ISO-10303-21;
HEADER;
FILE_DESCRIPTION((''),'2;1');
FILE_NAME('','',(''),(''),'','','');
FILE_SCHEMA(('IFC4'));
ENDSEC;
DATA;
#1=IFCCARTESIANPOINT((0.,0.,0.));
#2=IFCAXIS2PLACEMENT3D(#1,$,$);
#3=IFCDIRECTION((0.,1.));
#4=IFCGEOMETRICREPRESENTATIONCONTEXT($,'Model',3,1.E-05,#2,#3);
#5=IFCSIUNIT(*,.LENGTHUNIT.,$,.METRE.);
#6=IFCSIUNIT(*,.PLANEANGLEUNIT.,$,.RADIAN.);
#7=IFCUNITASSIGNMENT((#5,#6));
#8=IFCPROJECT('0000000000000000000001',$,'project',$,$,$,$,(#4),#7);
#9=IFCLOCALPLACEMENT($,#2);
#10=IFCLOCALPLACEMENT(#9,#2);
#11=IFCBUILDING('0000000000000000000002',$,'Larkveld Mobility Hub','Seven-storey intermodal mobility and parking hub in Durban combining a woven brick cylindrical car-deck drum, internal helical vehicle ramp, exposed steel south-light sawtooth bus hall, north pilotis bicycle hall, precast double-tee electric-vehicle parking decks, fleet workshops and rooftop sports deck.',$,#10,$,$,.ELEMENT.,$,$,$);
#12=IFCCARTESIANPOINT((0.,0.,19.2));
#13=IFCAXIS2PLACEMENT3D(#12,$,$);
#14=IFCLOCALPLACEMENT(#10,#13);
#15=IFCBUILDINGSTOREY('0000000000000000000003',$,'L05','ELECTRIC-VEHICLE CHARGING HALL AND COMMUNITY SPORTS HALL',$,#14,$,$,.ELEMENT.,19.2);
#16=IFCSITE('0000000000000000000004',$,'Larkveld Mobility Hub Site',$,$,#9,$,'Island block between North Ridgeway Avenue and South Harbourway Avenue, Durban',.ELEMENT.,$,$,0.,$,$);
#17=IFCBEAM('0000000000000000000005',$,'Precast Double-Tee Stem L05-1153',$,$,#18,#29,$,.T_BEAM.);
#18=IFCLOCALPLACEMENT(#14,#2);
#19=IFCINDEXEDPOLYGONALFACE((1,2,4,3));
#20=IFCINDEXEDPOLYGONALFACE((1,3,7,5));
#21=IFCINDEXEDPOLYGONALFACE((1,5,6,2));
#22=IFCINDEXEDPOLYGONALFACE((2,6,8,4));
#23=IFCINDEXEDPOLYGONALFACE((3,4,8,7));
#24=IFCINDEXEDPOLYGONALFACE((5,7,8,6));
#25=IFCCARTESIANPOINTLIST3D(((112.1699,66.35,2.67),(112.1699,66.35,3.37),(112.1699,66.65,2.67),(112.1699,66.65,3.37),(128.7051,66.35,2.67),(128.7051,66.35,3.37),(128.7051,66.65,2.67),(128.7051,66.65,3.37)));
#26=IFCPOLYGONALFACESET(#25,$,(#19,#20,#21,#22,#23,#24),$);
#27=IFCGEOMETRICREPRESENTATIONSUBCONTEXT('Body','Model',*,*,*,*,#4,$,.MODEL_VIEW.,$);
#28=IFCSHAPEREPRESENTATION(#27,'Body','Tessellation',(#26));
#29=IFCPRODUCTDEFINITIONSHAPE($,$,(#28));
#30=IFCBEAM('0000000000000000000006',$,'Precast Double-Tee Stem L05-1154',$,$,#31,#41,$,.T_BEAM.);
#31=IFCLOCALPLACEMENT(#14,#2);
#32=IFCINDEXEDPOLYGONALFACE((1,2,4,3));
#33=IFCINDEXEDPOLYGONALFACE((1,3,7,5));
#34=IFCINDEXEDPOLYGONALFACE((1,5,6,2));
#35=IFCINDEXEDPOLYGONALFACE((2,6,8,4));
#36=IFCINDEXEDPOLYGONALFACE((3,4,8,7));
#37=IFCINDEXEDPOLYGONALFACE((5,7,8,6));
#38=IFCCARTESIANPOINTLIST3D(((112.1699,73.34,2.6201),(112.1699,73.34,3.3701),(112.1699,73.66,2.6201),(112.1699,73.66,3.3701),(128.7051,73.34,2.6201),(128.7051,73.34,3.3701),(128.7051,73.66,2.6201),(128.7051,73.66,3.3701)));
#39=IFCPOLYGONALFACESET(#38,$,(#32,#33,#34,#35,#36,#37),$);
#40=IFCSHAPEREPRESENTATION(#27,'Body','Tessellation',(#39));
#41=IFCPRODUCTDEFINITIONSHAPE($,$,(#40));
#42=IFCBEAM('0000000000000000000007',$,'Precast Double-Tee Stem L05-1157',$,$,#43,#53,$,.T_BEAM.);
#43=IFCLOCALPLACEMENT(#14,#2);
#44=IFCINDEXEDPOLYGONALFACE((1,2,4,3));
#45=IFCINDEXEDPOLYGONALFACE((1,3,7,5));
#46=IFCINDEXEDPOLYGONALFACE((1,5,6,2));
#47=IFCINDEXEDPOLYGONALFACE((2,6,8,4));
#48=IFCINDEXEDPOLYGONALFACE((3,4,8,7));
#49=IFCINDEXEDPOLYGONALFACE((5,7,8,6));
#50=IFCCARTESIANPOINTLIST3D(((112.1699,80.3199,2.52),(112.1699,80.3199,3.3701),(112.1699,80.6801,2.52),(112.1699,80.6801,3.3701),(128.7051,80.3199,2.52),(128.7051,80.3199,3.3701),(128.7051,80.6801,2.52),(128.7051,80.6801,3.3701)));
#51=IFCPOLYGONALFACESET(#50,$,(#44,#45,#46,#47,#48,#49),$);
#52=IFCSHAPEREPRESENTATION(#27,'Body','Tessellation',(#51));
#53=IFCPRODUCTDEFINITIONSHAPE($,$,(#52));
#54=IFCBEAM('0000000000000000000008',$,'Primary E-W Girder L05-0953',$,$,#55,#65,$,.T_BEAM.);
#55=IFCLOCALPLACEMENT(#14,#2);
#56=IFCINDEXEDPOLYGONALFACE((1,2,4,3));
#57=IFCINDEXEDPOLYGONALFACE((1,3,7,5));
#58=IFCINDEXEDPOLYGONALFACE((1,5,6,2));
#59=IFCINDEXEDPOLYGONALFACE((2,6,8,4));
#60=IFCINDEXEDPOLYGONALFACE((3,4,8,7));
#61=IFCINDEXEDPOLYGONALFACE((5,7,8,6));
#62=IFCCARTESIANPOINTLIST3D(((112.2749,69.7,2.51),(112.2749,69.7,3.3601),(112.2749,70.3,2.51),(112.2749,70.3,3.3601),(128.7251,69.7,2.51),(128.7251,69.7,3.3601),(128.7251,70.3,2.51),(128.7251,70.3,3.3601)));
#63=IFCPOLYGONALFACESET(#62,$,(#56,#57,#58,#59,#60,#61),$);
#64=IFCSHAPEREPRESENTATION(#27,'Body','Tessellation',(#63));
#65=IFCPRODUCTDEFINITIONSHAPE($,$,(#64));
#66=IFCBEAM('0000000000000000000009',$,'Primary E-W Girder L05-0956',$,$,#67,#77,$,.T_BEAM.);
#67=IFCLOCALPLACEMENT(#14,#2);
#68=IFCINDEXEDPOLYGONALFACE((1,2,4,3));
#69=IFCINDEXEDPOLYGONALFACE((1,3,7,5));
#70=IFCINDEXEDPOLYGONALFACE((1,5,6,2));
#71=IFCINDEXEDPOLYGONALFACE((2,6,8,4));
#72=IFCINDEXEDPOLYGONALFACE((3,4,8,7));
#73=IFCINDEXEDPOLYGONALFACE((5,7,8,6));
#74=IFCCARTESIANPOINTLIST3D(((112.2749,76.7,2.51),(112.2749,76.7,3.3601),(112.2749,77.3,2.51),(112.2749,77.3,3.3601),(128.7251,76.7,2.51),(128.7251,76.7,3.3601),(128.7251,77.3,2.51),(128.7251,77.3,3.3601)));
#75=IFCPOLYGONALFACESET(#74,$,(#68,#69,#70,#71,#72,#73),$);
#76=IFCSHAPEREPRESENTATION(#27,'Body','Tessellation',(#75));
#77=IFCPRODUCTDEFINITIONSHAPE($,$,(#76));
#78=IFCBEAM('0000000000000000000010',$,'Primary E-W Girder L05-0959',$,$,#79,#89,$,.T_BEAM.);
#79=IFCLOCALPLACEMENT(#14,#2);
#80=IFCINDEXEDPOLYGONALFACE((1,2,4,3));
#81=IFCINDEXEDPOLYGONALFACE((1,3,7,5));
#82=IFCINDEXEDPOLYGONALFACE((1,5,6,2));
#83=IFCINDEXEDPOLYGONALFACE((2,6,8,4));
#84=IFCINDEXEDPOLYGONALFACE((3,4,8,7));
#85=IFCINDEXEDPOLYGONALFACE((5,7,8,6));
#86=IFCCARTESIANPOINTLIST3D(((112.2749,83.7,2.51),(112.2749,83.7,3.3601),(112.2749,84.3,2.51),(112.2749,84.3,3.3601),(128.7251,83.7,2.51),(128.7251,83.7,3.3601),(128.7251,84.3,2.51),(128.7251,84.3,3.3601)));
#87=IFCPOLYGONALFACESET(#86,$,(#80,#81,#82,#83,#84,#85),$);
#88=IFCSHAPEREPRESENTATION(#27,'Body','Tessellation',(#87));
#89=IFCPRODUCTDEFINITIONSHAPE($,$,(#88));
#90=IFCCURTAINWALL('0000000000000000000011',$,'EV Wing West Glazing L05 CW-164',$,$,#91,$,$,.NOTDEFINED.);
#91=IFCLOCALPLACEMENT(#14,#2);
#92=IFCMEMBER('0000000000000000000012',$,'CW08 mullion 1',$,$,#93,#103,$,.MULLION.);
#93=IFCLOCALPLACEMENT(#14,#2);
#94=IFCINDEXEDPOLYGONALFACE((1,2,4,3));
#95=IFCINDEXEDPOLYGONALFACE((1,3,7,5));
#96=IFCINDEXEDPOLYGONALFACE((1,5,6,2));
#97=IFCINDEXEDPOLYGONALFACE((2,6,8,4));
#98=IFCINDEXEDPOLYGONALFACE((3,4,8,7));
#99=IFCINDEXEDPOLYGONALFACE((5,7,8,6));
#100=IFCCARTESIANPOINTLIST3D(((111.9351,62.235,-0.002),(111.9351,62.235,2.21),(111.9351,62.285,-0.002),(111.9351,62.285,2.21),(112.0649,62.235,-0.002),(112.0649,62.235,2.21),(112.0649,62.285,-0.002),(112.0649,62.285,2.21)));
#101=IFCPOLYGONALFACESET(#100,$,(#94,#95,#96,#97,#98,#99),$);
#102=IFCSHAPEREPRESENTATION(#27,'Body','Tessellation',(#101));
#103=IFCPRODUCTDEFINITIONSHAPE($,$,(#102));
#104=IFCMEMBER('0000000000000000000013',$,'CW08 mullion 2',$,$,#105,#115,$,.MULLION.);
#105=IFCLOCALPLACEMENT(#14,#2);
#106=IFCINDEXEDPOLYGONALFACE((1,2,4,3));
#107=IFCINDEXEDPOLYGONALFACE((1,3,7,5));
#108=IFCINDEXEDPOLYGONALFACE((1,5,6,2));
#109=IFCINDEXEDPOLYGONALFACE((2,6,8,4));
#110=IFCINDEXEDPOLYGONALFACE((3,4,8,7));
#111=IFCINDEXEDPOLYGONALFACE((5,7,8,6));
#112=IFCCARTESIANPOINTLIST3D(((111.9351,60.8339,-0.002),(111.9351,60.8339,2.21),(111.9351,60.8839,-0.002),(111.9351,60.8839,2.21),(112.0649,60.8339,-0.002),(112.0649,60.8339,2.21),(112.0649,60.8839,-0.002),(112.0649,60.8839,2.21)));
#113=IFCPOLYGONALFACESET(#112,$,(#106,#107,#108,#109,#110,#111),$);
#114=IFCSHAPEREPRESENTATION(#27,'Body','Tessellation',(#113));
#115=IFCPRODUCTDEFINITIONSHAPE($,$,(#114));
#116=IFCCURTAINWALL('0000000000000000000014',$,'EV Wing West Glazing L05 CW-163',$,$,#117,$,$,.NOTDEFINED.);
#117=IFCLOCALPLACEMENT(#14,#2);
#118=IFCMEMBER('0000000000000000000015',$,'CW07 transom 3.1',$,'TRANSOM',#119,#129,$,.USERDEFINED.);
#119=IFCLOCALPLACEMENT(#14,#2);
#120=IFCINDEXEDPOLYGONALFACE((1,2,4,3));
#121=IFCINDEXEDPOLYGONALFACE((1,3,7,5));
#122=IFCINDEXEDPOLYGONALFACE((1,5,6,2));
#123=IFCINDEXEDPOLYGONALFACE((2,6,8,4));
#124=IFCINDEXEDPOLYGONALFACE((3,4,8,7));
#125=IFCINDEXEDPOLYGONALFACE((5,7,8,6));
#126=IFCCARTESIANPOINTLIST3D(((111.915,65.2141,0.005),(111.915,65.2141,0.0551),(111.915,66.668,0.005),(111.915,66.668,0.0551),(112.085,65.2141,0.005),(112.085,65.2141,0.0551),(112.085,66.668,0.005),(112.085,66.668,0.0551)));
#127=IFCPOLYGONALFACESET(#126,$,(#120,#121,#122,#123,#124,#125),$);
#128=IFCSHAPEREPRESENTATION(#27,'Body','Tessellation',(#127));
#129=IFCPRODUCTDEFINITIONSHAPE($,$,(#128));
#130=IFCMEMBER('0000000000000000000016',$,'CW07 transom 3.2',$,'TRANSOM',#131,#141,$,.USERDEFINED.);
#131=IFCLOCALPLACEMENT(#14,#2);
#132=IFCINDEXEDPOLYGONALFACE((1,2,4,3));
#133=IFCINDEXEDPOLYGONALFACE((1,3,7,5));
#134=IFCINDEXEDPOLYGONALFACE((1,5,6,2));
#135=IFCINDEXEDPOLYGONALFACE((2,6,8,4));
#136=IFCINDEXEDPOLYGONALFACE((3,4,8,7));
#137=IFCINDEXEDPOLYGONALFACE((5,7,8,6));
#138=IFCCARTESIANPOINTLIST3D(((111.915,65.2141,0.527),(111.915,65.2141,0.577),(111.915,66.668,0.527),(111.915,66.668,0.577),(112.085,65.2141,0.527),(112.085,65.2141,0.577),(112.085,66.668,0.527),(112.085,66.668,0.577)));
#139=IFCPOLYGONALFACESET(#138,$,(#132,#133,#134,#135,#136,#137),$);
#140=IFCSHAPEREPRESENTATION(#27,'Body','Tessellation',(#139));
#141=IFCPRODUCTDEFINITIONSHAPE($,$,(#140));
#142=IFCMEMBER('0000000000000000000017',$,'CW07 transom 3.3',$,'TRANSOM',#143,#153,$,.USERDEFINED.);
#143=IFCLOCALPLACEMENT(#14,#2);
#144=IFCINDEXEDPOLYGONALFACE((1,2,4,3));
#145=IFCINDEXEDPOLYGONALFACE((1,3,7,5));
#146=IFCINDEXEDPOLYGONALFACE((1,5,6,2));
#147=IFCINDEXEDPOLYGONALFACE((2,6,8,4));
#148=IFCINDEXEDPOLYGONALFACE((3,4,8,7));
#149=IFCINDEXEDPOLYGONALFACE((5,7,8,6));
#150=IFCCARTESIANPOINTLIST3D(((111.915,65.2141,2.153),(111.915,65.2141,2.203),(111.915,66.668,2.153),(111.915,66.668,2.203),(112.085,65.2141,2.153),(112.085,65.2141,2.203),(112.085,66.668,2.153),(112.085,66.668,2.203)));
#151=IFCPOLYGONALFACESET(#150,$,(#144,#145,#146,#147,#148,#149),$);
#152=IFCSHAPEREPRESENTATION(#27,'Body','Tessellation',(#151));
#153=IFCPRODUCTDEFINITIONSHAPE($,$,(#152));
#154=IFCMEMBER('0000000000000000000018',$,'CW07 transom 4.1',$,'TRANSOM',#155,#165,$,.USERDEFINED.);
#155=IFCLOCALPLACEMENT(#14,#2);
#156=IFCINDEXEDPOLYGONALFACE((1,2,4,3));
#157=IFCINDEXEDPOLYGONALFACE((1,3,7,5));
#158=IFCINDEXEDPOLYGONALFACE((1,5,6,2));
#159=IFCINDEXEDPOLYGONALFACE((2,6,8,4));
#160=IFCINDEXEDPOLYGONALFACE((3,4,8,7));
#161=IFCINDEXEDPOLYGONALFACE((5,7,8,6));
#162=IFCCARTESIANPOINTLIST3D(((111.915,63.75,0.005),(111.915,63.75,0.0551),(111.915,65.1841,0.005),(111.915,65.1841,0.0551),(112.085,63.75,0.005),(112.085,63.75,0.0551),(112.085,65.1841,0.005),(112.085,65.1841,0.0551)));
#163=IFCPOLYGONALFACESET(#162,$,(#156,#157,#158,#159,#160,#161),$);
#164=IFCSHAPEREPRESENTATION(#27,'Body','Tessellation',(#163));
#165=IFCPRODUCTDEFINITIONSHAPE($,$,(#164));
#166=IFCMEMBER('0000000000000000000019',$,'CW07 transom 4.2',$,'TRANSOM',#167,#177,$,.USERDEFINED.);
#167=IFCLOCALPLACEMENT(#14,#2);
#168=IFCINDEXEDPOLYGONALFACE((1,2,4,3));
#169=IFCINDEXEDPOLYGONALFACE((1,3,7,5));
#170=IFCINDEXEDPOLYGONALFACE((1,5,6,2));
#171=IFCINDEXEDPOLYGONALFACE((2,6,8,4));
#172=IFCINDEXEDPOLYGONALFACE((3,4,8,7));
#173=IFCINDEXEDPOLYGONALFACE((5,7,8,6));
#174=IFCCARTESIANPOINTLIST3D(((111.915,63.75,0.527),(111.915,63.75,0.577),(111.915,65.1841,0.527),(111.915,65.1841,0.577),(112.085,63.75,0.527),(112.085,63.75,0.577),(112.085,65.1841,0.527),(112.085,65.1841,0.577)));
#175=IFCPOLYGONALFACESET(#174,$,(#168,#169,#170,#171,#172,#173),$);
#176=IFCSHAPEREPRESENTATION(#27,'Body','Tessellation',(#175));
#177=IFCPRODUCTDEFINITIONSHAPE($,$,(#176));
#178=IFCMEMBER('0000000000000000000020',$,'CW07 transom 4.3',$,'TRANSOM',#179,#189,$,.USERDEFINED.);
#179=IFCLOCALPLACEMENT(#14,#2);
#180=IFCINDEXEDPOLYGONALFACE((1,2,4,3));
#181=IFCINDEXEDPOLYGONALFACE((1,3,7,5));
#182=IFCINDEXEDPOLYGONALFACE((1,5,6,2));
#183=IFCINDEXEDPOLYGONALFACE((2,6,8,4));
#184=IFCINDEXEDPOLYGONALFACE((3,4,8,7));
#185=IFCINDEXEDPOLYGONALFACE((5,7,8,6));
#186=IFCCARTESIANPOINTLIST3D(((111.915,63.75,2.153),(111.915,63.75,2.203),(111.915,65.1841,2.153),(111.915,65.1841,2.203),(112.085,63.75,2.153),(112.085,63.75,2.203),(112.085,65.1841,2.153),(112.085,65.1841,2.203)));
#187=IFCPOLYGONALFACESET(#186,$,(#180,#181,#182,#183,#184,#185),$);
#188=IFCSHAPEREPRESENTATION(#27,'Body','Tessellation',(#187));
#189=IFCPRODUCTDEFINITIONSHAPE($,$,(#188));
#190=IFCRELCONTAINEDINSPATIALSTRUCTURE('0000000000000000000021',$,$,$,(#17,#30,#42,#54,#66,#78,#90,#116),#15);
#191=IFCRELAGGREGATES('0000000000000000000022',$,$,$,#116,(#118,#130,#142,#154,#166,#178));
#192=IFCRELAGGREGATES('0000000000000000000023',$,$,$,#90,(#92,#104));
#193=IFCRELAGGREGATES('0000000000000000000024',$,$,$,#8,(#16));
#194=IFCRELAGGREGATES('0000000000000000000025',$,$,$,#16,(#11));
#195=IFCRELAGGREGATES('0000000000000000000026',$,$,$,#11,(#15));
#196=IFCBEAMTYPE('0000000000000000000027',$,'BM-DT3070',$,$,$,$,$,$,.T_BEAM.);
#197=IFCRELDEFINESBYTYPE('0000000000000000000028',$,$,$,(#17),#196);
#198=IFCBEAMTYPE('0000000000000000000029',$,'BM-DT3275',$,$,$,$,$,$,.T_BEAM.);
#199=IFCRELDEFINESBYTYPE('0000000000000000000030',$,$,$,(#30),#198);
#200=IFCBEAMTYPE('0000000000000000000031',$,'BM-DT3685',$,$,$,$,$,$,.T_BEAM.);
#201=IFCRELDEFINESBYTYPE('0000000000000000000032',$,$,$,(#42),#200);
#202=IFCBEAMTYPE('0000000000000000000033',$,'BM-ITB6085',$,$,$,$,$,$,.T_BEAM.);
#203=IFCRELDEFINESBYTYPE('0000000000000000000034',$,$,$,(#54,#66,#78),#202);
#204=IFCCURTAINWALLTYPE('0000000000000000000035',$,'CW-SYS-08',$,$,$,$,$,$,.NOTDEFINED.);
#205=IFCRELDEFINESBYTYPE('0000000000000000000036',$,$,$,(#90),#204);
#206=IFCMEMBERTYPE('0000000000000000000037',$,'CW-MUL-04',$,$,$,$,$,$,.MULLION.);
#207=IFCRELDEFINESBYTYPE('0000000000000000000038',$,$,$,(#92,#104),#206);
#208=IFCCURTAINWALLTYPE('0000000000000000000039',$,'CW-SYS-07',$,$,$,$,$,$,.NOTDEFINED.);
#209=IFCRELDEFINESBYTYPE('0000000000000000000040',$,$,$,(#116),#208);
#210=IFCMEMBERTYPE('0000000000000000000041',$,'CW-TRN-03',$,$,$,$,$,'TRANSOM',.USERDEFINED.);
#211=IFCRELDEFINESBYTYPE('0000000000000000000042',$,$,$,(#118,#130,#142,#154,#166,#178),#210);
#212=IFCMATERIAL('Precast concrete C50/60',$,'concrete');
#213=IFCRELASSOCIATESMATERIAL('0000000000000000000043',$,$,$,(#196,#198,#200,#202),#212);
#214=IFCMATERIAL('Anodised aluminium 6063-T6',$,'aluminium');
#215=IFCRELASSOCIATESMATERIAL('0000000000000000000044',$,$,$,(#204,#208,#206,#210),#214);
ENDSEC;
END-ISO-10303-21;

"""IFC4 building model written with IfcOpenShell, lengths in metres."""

from ifc_helpers import new_model, si_unit, direction, frame, origin, origin_2d, place, context, subcontext, project, spatial, rectangle, extrude, material, material_profile, profile_set, type_object, element, aggregate, save


model = new_model("IFC4")

# Units and contexts
model_context = context("Model", 3, precision=1e-05, world=origin(), true_north=direction((0.0, 1.0)))
body_context = subcontext(model_context, "Body", "Model", "MODEL_VIEW")
ifc_project = project(units=[si_unit("LENGTHUNIT", "METRE"), si_unit("PLANEANGLEUNIT", "RADIAN")], contexts=[model_context])

# Site, building, storey
site_placement = place(None, origin())
site = spatial("IfcSite", under=ifc_project, at=site_placement, Name="Larkveld Mobility Hub Site", LongName="Island block between North Ridgeway Avenue and South Harbourway Avenue, Durban", CompositionType="ELEMENT", RefElevation=0.0)
building_placement = place(site_placement, origin())
building = spatial("IfcBuilding", under=site, at=building_placement, Name="Larkveld Mobility Hub", Description="Seven-storey intermodal mobility and parking hub in Durban combining a woven brick cylindrical car-deck drum, internal helical vehicle ramp, exposed steel south-light sawtooth bus hall, north pilotis bicycle hall, precast double-tee electric-vehicle parking decks, fleet workshops and rooftop sports deck.", CompositionType="ELEMENT")
storey_placement = place(building_placement, frame((0.0, 0.0, 19.2)))
storey = spatial("IfcBuildingStorey", under=building, at=storey_placement, Name="L05", Description="ELECTRIC-VEHICLE CHARGING HALL AND COMMUNITY SPORTS HALL", CompositionType="ELEMENT", Elevation=19.2)

# Beams
ifc_material_1 = material(Name="Precast concrete C50/60", Category="concrete")
ifc_material_profile_1 = material_profile(ifc_material_1, rectangle(XDim=0.3, YDim=0.7, at=origin_2d()), Name="PC DT 300x700")
ifc_profile_set_1 = profile_set([ifc_material_profile_1], Name="Precast concrete C50/60")
beam_type_1 = type_object("IfcBeamType", Name="BM-DT3070", PredefinedType="T_BEAM", material=ifc_profile_set_1)
beam_1_placement = place(storey_placement, frame((112.1699, 66.5, 3.02), z_axis=(1.0, 0.0, 0.0), x_axis=(0.0, 1.0, 0.0)))
element("IfcBeam", 1, at=beam_1_placement, inside=storey, type_object=beam_type_1, Name="Precast Double-Tee Stem L05-1153", PredefinedType="T_BEAM", context=body_context, shape_type="SweptSolid", body=[
    extrude(rectangle(XDim=0.3, YDim=0.7, at=origin_2d()), origin(), (0.0, 0.0, 1.0), 16.5352),
])
ifc_material_profile_2 = material_profile(ifc_material_1, rectangle(XDim=0.3201, YDim=0.75, at=origin_2d()), Name="PC DT 320x750")
ifc_profile_set_2 = profile_set([ifc_material_profile_2], Name="Precast concrete C50/60")
beam_type_2 = type_object("IfcBeamType", Name="BM-DT3275", PredefinedType="T_BEAM", material=ifc_profile_set_2)
beam_2_placement = place(storey_placement, frame((112.1699, 73.5, 2.9951), z_axis=(1.0, 0.0, 0.0), x_axis=(0.0, 1.0, 0.0)))
element("IfcBeam", 2, at=beam_2_placement, inside=storey, type_object=beam_type_2, Name="Precast Double-Tee Stem L05-1154", PredefinedType="T_BEAM", context=body_context, shape_type="SweptSolid", body=[
    extrude(rectangle(XDim=0.3201, YDim=0.75, at=origin_2d()), origin(), (0.0, 0.0, 1.0), 16.5352),
])
ifc_material_profile_3 = material_profile(ifc_material_1, rectangle(XDim=0.3601, YDim=0.8501, at=origin_2d()), Name="PC DT 360x850")
ifc_profile_set_3 = profile_set([ifc_material_profile_3], Name="Precast concrete C50/60")
beam_type_3 = type_object("IfcBeamType", Name="BM-DT3685", PredefinedType="T_BEAM", material=ifc_profile_set_3)
beam_3_placement = place(storey_placement, frame((112.1699, 80.5, 2.9451), z_axis=(1.0, 0.0, 0.0), x_axis=(0.0, 1.0, 0.0)))
element("IfcBeam", 3, at=beam_3_placement, inside=storey, type_object=beam_type_3, Name="Precast Double-Tee Stem L05-1157", PredefinedType="T_BEAM", context=body_context, shape_type="SweptSolid", body=[
    extrude(rectangle(XDim=0.3601, YDim=0.8501, at=origin_2d()), origin(), (0.0, 0.0, 1.0), 16.5352),
])
ifc_material_profile_4 = material_profile(ifc_material_1, rectangle(XDim=0.6001, YDim=0.8501, at=origin_2d()), Name="PC ITB 600x850")
ifc_profile_set_4 = profile_set([ifc_material_profile_4], Name="Precast concrete C50/60")
beam_type_4 = type_object("IfcBeamType", Name="BM-ITB6085", PredefinedType="T_BEAM", material=ifc_profile_set_4)
for number, where, z_axis, x_axis, name in (
    (4, (112.2749, 70.0, 2.9351), (1.0, 0.0, 0.0), (0.0, 1.0, 0.0), "Primary E-W Girder L05-0953"),
    (5, (112.2749, 77.0, 2.9351), (1.0, 0.0, 0.0), (0.0, 1.0, 0.0), "Primary E-W Girder L05-0956"),
    (6, (112.2749, 84.0, 2.9351), (1.0, 0.0, 0.0), (0.0, 1.0, 0.0), "Primary E-W Girder L05-0959"),
):
    element("IfcBeam", number, at=place(storey_placement, frame(where, z_axis=z_axis, x_axis=x_axis)), inside=storey, type_object=beam_type_4, Name=name, PredefinedType="T_BEAM", context=body_context, shape_type="SweptSolid", body=[
        extrude(rectangle(XDim=0.6001, YDim=0.8501, at=origin_2d()), origin(), (0.0, 0.0, 1.0), 16.4502),
    ])

# Curtain walls, members
ifc_material_2 = material(Name="Anodised aluminium 6063-T6", Category="aluminium")
curtain_wall_type_1 = type_object("IfcCurtainWallType", Name="CW-SYS-08", PredefinedType="NOTDEFINED", material=ifc_material_2)
curtain_wall_1_placement = place(storey_placement, origin())
curtain_wall_1 = element("IfcCurtainWall", 7, at=curtain_wall_1_placement, inside=storey, type_object=curtain_wall_type_1, Name="EV Wing West Glazing L05 CW-164", PredefinedType="NOTDEFINED")
ifc_material_profile_5 = material_profile(ifc_material_2, rectangle(XDim=0.05, YDim=0.1299, at=origin_2d()), Name="ALU MULL 50x130")
ifc_profile_set_5 = profile_set([ifc_material_profile_5], Name="Anodised aluminium 6063-T6")
member_type_1 = type_object("IfcMemberType", Name="CW-MUL-04", PredefinedType="MULLION", material=ifc_profile_set_5)
member_1_placement = place(storey_placement, frame((112.0, 62.26, -0.002), z_axis=(0.0, 0.0, 1.0), x_axis=(0.0, -1.0, 0.0)))
member_1 = element("IfcMember", 8, at=member_1_placement, type_object=member_type_1, Name="CW08 mullion 1", PredefinedType="MULLION", context=body_context, shape_type="SweptSolid", body=[
    extrude(rectangle(XDim=0.05, YDim=0.1299, at=origin_2d()), origin(), (0.0, 0.0, 1.0), 2.2119),
])
member_2_placement = place(storey_placement, frame((112.0, 60.8589, -0.002), z_axis=(0.0, 0.0, 1.0), x_axis=(0.0, -1.0, 0.0)))
member_2 = element("IfcMember", 9, at=member_2_placement, type_object=member_type_1, Name="CW08 mullion 2", PredefinedType="MULLION", context=body_context, shape_type="SweptSolid", body=[
    extrude(rectangle(XDim=0.05, YDim=0.1299, at=origin_2d()), origin(), (0.0, 0.0, 1.0), 2.2119),
])
curtain_wall_type_2 = type_object("IfcCurtainWallType", Name="CW-SYS-07", PredefinedType="NOTDEFINED", material=ifc_material_2)
curtain_wall_2_placement = place(storey_placement, origin())
curtain_wall_2 = element("IfcCurtainWall", 10, at=curtain_wall_2_placement, inside=storey, type_object=curtain_wall_type_2, Name="EV Wing West Glazing L05 CW-163", PredefinedType="NOTDEFINED")
ifc_material_profile_6 = material_profile(ifc_material_2, rectangle(XDim=0.1699, YDim=0.05, at=origin_2d()), Name="ALU TRAN 50x170")
ifc_profile_set_6 = profile_set([ifc_material_profile_6], Name="Anodised aluminium 6063-T6")
member_type_2 = type_object("IfcMemberType", Name="CW-TRN-03", ElementType="TRANSOM", PredefinedType="USERDEFINED", material=ifc_profile_set_6)
member_3_placement = place(storey_placement, frame((112.0, 66.668, 0.03), z_axis=(0.0, -1.0, 0.0), x_axis=(1.0, 0.0, 0.0)))
member_3 = element("IfcMember", 11, at=member_3_placement, type_object=member_type_2, Name="CW07 transom 3.1", ObjectType="TRANSOM", PredefinedType="USERDEFINED", context=body_context, shape_type="SweptSolid", body=[
    extrude(rectangle(XDim=0.1699, YDim=0.05, at=origin_2d()), origin(), (0.0, 0.0, 1.0), 1.4539),
])
member_4_placement = place(storey_placement, frame((112.0, 66.668, 0.552), z_axis=(0.0, -1.0, 0.0), x_axis=(1.0, 0.0, 0.0)))
member_4 = element("IfcMember", 12, at=member_4_placement, type_object=member_type_2, Name="CW07 transom 3.2", ObjectType="TRANSOM", PredefinedType="USERDEFINED", context=body_context, shape_type="SweptSolid", body=[
    extrude(rectangle(XDim=0.1699, YDim=0.05, at=origin_2d()), origin(), (0.0, 0.0, 1.0), 1.4539),
])
member_5_placement = place(storey_placement, frame((112.0, 66.668, 2.178), z_axis=(0.0, -1.0, 0.0), x_axis=(1.0, 0.0, 0.0)))
member_5 = element("IfcMember", 13, at=member_5_placement, type_object=member_type_2, Name="CW07 transom 3.3", ObjectType="TRANSOM", PredefinedType="USERDEFINED", context=body_context, shape_type="SweptSolid", body=[
    extrude(rectangle(XDim=0.1699, YDim=0.05, at=origin_2d()), origin(), (0.0, 0.0, 1.0), 1.4539),
])
member_6_placement = place(storey_placement, frame((112.0, 65.1841, 0.03), z_axis=(0.0, -1.0, 0.0), x_axis=(1.0, 0.0, 0.0)))
member_6 = element("IfcMember", 14, at=member_6_placement, type_object=member_type_2, Name="CW07 transom 4.1", ObjectType="TRANSOM", PredefinedType="USERDEFINED", context=body_context, shape_type="SweptSolid", body=[
    extrude(rectangle(XDim=0.1699, YDim=0.05, at=origin_2d()), origin(), (0.0, 0.0, 1.0), 1.4341),
])
member_7_placement = place(storey_placement, frame((112.0, 65.1841, 0.552), z_axis=(0.0, -1.0, 0.0), x_axis=(1.0, 0.0, 0.0)))
member_7 = element("IfcMember", 15, at=member_7_placement, type_object=member_type_2, Name="CW07 transom 4.2", ObjectType="TRANSOM", PredefinedType="USERDEFINED", context=body_context, shape_type="SweptSolid", body=[
    extrude(rectangle(XDim=0.1699, YDim=0.05, at=origin_2d()), origin(), (0.0, 0.0, 1.0), 1.4341),
])
member_8_placement = place(storey_placement, frame((112.0, 65.1841, 2.178), z_axis=(0.0, -1.0, 0.0), x_axis=(1.0, 0.0, 0.0)))
member_8 = element("IfcMember", 16, at=member_8_placement, type_object=member_type_2, Name="CW07 transom 4.3", ObjectType="TRANSOM", PredefinedType="USERDEFINED", context=body_context, shape_type="SweptSolid", body=[
    extrude(rectangle(XDim=0.1699, YDim=0.05, at=origin_2d()), origin(), (0.0, 0.0, 1.0), 1.4341),
])

aggregate(curtain_wall_2, [member_3, member_4, member_5, member_6, member_7, member_8])
aggregate(curtain_wall_1, [member_1, member_2])

save(model, "model.ifc")
